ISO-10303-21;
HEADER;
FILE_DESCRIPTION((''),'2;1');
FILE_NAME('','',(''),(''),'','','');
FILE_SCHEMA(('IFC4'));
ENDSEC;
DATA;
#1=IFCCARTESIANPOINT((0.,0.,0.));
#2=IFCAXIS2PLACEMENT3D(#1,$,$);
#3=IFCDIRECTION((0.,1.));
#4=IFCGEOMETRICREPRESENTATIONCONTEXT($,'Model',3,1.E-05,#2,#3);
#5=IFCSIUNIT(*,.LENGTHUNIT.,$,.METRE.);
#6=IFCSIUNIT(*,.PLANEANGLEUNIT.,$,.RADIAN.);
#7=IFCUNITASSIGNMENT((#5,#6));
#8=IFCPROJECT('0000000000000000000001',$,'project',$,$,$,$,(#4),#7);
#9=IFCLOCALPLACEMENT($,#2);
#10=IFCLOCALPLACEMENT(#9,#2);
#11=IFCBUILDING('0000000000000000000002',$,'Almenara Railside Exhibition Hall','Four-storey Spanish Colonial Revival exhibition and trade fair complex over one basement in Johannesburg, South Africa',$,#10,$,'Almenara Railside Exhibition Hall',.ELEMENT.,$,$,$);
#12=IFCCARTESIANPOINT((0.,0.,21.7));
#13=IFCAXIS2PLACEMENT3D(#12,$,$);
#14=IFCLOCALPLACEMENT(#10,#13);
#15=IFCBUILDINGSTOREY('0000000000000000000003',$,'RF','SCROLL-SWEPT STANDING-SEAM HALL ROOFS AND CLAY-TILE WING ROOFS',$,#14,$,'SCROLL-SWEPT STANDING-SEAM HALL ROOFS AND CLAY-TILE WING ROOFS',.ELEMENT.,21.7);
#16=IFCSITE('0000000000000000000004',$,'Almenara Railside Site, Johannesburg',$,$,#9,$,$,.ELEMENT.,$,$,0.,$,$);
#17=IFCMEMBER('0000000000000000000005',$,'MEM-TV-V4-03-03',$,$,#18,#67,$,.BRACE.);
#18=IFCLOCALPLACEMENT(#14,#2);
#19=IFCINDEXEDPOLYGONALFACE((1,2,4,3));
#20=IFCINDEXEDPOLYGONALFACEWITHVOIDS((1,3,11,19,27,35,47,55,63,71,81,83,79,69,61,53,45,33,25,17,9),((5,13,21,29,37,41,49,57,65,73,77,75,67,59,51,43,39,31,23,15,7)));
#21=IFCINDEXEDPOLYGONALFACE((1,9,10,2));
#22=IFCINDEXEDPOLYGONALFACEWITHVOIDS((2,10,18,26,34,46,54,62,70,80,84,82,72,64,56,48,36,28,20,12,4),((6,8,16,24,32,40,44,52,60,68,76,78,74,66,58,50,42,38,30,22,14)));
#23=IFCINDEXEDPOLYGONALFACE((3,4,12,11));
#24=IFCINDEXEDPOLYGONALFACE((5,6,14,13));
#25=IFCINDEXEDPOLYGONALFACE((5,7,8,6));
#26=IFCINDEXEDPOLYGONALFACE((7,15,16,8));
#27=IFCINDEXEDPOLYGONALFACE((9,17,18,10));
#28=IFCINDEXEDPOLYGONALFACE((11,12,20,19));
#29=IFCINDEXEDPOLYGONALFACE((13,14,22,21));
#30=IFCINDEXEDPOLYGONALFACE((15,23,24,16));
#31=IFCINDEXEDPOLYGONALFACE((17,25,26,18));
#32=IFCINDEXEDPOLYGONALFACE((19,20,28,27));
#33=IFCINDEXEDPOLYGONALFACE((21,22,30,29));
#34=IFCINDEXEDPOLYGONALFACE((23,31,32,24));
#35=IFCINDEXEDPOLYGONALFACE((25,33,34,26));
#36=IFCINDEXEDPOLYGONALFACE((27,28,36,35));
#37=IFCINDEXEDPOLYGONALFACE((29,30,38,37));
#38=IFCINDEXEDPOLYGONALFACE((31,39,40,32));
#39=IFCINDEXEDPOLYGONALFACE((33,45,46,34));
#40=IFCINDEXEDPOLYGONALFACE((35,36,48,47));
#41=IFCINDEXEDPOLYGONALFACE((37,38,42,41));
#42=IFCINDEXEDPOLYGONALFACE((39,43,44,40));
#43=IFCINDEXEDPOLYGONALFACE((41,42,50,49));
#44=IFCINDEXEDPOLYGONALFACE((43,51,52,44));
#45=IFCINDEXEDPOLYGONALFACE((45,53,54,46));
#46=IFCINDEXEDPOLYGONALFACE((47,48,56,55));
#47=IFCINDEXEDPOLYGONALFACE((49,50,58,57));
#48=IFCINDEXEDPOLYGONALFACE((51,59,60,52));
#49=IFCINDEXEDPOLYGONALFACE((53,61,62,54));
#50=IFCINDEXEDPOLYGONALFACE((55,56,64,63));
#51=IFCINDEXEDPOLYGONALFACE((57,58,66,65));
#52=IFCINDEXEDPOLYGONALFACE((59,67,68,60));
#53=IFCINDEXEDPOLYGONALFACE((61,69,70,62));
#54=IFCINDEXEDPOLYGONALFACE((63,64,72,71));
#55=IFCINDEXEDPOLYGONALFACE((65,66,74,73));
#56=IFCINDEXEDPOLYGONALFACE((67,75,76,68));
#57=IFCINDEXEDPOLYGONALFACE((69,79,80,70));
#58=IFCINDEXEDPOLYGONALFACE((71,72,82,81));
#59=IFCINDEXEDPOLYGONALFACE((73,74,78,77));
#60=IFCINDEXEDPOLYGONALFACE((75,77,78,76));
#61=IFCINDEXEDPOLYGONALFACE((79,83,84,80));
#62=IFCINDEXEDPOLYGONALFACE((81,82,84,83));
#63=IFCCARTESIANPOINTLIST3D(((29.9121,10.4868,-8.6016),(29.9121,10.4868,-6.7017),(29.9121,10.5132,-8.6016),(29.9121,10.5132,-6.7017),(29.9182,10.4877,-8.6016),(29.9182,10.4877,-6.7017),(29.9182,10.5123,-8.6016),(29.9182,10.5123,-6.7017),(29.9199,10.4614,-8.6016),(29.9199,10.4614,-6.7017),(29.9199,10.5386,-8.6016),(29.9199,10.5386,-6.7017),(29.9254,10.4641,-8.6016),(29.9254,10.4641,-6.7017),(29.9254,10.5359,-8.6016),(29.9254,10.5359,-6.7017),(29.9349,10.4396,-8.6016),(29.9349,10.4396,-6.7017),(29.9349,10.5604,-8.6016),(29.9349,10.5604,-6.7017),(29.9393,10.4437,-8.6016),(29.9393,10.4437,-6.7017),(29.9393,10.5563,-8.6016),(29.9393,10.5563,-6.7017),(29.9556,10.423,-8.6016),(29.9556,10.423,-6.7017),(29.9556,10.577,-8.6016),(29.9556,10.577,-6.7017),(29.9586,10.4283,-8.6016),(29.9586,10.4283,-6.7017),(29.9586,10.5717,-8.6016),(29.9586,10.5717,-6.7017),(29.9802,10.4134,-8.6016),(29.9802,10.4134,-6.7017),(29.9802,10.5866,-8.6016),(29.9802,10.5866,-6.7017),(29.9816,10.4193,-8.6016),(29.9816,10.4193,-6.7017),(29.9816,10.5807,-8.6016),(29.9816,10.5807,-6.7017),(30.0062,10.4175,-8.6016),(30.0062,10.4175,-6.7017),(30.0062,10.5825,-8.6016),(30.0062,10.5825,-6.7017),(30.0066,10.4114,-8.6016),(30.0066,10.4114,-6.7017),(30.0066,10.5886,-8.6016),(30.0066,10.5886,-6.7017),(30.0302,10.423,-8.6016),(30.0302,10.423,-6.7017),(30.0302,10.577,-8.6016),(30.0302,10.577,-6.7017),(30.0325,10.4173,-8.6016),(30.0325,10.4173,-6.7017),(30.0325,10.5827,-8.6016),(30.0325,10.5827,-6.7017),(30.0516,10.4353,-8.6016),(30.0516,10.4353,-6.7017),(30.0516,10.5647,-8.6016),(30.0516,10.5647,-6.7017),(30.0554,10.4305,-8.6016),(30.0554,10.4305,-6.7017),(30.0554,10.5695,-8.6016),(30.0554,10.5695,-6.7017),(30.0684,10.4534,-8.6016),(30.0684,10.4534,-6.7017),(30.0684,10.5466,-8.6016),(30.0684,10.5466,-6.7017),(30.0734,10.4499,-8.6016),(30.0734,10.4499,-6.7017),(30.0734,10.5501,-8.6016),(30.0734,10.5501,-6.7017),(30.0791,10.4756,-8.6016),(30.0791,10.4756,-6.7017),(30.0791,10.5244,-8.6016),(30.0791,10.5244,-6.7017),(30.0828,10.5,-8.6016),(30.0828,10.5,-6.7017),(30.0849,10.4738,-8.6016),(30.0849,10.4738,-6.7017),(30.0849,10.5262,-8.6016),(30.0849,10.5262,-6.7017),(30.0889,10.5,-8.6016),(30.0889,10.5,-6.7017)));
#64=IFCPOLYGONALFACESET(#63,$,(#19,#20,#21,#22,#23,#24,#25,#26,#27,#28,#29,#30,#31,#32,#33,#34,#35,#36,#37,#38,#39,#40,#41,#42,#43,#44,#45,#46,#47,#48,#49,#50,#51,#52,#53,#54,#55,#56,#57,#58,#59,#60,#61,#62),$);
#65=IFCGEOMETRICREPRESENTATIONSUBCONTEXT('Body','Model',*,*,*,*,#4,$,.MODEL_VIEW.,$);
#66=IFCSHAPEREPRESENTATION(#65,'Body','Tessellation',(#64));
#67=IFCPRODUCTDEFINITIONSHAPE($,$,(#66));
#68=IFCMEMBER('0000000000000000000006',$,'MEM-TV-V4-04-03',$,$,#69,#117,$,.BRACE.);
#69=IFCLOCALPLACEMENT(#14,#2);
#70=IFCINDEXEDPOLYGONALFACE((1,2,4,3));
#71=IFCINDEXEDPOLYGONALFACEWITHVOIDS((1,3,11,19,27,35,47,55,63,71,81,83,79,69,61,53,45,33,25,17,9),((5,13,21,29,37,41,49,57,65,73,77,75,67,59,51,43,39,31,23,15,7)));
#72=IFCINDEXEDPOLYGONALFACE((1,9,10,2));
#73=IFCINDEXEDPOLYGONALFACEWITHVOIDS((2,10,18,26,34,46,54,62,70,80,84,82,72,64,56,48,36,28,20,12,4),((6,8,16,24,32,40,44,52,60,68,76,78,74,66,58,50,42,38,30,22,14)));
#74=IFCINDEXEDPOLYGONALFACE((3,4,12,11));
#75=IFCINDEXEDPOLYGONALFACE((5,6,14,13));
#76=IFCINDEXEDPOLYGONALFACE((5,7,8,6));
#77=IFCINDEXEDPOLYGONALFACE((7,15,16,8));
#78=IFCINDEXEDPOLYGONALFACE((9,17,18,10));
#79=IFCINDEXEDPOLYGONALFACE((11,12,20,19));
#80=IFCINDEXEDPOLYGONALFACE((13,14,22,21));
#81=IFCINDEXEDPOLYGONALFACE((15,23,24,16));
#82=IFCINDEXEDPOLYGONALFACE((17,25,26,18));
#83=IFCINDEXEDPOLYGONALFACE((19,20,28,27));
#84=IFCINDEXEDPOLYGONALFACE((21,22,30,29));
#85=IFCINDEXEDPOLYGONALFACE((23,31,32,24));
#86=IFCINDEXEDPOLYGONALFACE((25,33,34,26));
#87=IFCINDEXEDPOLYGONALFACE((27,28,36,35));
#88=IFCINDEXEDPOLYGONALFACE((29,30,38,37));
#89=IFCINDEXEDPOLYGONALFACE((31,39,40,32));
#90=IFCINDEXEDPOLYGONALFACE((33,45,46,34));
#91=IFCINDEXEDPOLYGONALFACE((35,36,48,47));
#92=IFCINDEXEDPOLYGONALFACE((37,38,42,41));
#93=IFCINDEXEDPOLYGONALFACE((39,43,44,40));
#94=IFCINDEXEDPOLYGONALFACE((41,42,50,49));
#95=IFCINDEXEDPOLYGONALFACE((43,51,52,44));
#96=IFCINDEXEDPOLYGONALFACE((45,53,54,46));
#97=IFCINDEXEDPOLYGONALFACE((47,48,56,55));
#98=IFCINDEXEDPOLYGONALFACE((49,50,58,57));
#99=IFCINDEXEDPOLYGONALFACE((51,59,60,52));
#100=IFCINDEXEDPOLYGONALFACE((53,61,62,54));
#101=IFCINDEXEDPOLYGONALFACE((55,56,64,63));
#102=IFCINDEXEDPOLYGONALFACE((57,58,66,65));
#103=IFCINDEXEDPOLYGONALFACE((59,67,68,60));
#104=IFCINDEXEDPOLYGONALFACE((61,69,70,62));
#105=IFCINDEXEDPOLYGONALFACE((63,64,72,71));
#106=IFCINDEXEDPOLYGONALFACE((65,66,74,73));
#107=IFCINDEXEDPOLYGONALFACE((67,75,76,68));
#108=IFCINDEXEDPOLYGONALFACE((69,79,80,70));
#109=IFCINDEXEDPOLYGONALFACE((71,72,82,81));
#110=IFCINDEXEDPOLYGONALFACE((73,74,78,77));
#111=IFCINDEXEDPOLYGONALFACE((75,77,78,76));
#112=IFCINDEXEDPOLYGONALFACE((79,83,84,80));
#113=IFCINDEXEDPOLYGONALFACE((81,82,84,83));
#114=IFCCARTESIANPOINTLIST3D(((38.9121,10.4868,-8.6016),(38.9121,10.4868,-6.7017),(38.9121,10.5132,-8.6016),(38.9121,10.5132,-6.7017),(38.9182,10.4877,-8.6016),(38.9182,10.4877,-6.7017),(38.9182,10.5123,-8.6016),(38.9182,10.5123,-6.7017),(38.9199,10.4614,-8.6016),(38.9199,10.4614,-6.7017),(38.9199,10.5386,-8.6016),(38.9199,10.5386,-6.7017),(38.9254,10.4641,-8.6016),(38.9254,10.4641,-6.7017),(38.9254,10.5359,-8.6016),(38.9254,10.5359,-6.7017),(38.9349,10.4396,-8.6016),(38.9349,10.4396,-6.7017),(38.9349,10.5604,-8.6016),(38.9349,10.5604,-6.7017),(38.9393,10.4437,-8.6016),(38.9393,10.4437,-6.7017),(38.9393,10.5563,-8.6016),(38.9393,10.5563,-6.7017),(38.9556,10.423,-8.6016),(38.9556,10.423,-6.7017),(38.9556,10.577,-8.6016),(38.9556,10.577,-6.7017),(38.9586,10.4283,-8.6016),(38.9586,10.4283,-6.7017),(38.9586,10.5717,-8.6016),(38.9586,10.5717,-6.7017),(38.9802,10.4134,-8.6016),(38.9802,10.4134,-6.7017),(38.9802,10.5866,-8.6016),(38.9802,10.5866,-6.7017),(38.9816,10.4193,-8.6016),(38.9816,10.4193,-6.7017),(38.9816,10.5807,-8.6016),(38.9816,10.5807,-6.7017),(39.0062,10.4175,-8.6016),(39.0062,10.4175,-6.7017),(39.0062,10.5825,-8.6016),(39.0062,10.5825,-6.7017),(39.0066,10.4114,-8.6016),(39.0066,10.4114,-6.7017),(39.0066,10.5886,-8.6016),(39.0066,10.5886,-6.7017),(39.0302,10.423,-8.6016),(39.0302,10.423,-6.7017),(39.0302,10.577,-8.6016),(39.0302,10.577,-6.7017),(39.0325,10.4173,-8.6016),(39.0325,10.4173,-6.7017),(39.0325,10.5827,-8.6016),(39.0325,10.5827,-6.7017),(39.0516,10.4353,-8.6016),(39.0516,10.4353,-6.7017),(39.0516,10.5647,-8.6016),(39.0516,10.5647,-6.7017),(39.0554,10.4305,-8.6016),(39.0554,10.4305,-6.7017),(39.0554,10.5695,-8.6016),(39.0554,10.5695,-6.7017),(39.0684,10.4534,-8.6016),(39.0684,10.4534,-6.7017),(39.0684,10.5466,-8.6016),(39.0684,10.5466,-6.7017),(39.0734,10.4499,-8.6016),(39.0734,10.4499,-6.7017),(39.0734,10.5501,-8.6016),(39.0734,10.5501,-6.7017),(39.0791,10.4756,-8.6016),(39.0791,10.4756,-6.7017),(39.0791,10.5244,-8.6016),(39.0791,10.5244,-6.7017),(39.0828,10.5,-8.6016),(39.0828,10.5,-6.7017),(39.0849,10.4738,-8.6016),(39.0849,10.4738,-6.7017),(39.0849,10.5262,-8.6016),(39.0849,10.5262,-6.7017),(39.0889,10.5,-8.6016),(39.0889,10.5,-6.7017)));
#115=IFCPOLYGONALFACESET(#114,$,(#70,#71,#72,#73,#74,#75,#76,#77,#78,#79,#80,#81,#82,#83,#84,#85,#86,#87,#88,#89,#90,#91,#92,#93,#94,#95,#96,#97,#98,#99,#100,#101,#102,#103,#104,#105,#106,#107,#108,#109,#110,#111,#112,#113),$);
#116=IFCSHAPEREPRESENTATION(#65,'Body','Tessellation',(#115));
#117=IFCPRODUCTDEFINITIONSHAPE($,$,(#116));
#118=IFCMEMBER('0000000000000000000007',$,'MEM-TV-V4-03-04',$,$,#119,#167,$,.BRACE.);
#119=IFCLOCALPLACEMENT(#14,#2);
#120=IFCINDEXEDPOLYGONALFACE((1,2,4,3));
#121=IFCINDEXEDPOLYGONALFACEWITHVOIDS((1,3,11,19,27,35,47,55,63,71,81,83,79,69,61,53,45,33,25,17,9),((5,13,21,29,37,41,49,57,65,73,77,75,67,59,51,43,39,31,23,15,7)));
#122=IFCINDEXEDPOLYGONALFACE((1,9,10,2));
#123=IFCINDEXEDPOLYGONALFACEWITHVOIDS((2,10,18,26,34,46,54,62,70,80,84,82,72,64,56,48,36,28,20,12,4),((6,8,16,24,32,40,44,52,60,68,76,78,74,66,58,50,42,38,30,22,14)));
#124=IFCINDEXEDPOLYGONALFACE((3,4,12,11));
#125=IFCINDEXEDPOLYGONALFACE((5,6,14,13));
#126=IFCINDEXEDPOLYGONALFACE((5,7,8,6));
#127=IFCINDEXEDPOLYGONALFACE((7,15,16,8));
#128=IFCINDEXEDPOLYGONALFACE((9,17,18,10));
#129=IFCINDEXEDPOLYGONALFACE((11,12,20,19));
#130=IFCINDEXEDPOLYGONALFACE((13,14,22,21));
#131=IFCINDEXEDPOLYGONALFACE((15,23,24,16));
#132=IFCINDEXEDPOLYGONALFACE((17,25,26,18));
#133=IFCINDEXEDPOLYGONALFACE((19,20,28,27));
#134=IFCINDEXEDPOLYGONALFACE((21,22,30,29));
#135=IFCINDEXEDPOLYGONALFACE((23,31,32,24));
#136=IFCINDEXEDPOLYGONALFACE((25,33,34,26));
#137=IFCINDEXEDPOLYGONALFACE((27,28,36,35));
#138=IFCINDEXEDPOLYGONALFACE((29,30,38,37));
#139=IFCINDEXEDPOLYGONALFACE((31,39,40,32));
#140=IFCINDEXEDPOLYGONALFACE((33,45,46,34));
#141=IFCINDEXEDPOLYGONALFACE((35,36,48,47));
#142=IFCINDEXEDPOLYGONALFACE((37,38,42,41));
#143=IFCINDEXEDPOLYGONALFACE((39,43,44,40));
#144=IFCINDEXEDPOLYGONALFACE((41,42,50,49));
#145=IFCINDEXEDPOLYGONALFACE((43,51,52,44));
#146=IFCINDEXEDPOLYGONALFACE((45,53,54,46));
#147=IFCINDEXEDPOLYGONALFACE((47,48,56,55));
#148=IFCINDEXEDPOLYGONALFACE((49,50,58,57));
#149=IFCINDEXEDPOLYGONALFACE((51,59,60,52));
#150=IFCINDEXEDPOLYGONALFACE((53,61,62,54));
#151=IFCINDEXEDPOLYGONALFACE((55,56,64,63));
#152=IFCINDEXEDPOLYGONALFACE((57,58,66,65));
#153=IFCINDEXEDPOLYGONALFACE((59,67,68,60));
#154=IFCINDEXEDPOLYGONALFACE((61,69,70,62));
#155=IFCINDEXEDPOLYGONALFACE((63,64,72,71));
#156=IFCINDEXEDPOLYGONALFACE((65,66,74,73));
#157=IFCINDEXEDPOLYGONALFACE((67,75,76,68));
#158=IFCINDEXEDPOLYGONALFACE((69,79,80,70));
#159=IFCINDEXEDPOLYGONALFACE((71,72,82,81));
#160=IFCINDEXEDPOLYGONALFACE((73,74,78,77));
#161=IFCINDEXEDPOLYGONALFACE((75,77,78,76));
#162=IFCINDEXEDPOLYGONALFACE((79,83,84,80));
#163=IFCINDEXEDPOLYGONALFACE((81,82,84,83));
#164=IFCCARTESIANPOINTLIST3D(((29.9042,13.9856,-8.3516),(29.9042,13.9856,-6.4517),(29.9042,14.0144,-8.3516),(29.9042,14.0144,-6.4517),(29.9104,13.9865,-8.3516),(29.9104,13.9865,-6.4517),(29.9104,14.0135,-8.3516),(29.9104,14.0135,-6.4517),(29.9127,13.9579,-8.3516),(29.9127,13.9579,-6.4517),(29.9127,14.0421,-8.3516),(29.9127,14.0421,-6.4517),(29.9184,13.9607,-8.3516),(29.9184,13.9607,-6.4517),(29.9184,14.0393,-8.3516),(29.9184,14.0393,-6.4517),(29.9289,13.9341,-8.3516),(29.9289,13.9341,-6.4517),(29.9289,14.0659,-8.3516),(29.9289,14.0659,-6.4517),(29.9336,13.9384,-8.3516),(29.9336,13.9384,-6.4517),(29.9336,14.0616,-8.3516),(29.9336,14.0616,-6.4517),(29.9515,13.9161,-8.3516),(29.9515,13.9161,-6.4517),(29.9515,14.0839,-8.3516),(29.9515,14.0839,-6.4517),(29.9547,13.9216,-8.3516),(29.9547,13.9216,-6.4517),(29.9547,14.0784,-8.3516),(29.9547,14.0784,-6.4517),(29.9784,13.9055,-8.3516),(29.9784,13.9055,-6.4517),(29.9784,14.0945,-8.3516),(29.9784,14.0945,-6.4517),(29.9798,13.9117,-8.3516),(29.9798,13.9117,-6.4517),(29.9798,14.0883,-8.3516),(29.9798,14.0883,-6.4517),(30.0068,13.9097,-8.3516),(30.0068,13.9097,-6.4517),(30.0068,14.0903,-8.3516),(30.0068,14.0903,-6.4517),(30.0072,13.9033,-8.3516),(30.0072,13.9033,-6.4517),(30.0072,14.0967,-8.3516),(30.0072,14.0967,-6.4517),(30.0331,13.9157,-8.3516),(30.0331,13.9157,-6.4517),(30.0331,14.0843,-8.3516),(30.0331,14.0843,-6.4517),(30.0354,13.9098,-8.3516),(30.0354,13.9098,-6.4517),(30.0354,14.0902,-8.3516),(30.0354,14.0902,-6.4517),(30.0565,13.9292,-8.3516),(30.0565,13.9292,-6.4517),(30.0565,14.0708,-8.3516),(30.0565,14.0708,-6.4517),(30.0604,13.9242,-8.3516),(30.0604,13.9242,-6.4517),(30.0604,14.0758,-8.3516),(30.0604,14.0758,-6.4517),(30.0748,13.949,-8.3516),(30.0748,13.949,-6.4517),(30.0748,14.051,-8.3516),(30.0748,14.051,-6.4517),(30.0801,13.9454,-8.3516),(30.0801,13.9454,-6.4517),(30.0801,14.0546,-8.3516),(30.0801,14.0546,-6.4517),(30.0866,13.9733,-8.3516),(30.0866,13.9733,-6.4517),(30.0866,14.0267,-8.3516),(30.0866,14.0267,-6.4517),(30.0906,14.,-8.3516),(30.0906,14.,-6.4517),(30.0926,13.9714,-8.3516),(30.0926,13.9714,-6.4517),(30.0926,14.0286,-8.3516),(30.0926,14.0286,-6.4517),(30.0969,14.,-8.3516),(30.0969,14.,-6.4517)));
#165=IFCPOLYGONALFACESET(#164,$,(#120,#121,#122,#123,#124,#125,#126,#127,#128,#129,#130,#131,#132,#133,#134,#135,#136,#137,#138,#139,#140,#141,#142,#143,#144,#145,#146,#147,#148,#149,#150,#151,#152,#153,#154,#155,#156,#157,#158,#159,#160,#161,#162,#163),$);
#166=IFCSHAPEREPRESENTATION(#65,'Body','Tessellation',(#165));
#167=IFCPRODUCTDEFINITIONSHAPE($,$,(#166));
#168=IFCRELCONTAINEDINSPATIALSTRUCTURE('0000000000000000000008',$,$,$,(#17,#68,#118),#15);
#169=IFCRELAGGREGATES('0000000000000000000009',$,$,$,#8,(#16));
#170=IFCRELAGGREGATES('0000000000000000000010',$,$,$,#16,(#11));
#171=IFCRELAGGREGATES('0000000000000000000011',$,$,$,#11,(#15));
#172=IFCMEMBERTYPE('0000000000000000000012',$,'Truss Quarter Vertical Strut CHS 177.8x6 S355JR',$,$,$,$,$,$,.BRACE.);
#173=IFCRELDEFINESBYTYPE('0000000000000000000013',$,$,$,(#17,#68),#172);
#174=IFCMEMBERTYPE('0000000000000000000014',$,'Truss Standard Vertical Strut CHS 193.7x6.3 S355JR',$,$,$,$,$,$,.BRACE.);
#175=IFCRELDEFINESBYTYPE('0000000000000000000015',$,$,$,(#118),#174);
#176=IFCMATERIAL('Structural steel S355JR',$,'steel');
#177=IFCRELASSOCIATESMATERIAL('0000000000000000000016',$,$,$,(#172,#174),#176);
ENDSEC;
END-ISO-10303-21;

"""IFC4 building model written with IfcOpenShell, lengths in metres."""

from ifc_helpers import new_model, si_unit, direction, frame, origin, origin_2d, place, context, subcontext, project, spatial, hollow_circle, extrude, material, material_profile, profile_set, type_object, element, save


model = new_model("IFC4")

# Units and contexts
model_context = context("Model", 3, precision=1e-05, world=origin(), true_north=direction((0.0, 1.0)))
body_context = subcontext(model_context, "Body", "Model", "MODEL_VIEW")
ifc_project = project(units=[si_unit("LENGTHUNIT", "METRE"), si_unit("PLANEANGLEUNIT", "RADIAN")], contexts=[model_context])

# Site, building, storey
site_placement = place(None, origin())
site = spatial("IfcSite", under=ifc_project, at=site_placement, Name="Almenara Railside Site, Johannesburg", CompositionType="ELEMENT", RefElevation=0.0)
building_placement = place(site_placement, origin())
building = spatial("IfcBuilding", under=site, at=building_placement, Name="Almenara Railside Exhibition Hall", Description="Four-storey Spanish Colonial Revival exhibition and trade fair complex over one basement in Johannesburg, South Africa", LongName="Almenara Railside Exhibition Hall", CompositionType="ELEMENT")
storey_placement = place(building_placement, frame((0.0, 0.0, 21.7)))
storey = spatial("IfcBuildingStorey", under=building, at=storey_placement, Name="RF", Description="SCROLL-SWEPT STANDING-SEAM HALL ROOFS AND CLAY-TILE WING ROOFS", LongName="SCROLL-SWEPT STANDING-SEAM HALL ROOFS AND CLAY-TILE WING ROOFS", CompositionType="ELEMENT", Elevation=21.7)

# Members
ifc_material_1 = material(Name="Structural steel S355JR", Category="steel")
ifc_material_profile_1 = material_profile(ifc_material_1, hollow_circle(Radius=0.0889, WallThickness=0.0061, at=origin_2d()), Name="CHS 177.8x6")
ifc_profile_set_1 = profile_set([ifc_material_profile_1], Name="Structural steel S355JR")
member_type_1 = type_object("IfcMemberType", Name="Truss Quarter Vertical Strut CHS 177.8x6 S355JR", PredefinedType="BRACE", material=ifc_profile_set_1)
for number, where, z_axis, x_axis, name in (
    (1, (30.0, 10.5, -8.6016), (0.0, 0.0, 1.0), (1.0, 0.0, 0.0), "MEM-TV-V4-03-03"),
    (2, (39.0, 10.5, -8.6016), (0.0, 0.0, 1.0), (1.0, 0.0, 0.0), "MEM-TV-V4-04-03"),
):
    element("IfcMember", number, at=place(storey_placement, frame(where, z_axis=z_axis, x_axis=x_axis)), inside=storey, type_object=member_type_1, Name=name, PredefinedType="BRACE", context=body_context, shape_type="SweptSolid", body=[
        extrude(hollow_circle(Radius=0.0889, WallThickness=0.0061, at=origin_2d()), origin(), (0.0, 0.0, 1.0), 1.8999),
    ])
ifc_material_profile_2 = material_profile(ifc_material_1, hollow_circle(Radius=0.0969, WallThickness=0.0063, at=origin_2d()), Name="CHS 193.7x6.3")
ifc_profile_set_2 = profile_set([ifc_material_profile_2], Name="Structural steel S355JR")
member_type_2 = type_object("IfcMemberType", Name="Truss Standard Vertical Strut CHS 193.7x6.3 S355JR", PredefinedType="BRACE", material=ifc_profile_set_2)
for number, where, z_axis, x_axis, name in (
    (3, (30.0, 14.0, -8.3516), (0.0, 0.0, 1.0), (1.0, 0.0, 0.0), "MEM-TV-V4-03-04"),
):
    element("IfcMember", number, at=place(storey_placement, frame(where, z_axis=z_axis, x_axis=x_axis)), inside=storey, type_object=member_type_2, Name=name, PredefinedType="BRACE", context=body_context, shape_type="SweptSolid", body=[
        extrude(hollow_circle(Radius=0.0969, WallThickness=0.0063, at=origin_2d()), origin(), (0.0, 0.0, 1.0), 1.8999),
    ])

save(model, "model.ifc")
